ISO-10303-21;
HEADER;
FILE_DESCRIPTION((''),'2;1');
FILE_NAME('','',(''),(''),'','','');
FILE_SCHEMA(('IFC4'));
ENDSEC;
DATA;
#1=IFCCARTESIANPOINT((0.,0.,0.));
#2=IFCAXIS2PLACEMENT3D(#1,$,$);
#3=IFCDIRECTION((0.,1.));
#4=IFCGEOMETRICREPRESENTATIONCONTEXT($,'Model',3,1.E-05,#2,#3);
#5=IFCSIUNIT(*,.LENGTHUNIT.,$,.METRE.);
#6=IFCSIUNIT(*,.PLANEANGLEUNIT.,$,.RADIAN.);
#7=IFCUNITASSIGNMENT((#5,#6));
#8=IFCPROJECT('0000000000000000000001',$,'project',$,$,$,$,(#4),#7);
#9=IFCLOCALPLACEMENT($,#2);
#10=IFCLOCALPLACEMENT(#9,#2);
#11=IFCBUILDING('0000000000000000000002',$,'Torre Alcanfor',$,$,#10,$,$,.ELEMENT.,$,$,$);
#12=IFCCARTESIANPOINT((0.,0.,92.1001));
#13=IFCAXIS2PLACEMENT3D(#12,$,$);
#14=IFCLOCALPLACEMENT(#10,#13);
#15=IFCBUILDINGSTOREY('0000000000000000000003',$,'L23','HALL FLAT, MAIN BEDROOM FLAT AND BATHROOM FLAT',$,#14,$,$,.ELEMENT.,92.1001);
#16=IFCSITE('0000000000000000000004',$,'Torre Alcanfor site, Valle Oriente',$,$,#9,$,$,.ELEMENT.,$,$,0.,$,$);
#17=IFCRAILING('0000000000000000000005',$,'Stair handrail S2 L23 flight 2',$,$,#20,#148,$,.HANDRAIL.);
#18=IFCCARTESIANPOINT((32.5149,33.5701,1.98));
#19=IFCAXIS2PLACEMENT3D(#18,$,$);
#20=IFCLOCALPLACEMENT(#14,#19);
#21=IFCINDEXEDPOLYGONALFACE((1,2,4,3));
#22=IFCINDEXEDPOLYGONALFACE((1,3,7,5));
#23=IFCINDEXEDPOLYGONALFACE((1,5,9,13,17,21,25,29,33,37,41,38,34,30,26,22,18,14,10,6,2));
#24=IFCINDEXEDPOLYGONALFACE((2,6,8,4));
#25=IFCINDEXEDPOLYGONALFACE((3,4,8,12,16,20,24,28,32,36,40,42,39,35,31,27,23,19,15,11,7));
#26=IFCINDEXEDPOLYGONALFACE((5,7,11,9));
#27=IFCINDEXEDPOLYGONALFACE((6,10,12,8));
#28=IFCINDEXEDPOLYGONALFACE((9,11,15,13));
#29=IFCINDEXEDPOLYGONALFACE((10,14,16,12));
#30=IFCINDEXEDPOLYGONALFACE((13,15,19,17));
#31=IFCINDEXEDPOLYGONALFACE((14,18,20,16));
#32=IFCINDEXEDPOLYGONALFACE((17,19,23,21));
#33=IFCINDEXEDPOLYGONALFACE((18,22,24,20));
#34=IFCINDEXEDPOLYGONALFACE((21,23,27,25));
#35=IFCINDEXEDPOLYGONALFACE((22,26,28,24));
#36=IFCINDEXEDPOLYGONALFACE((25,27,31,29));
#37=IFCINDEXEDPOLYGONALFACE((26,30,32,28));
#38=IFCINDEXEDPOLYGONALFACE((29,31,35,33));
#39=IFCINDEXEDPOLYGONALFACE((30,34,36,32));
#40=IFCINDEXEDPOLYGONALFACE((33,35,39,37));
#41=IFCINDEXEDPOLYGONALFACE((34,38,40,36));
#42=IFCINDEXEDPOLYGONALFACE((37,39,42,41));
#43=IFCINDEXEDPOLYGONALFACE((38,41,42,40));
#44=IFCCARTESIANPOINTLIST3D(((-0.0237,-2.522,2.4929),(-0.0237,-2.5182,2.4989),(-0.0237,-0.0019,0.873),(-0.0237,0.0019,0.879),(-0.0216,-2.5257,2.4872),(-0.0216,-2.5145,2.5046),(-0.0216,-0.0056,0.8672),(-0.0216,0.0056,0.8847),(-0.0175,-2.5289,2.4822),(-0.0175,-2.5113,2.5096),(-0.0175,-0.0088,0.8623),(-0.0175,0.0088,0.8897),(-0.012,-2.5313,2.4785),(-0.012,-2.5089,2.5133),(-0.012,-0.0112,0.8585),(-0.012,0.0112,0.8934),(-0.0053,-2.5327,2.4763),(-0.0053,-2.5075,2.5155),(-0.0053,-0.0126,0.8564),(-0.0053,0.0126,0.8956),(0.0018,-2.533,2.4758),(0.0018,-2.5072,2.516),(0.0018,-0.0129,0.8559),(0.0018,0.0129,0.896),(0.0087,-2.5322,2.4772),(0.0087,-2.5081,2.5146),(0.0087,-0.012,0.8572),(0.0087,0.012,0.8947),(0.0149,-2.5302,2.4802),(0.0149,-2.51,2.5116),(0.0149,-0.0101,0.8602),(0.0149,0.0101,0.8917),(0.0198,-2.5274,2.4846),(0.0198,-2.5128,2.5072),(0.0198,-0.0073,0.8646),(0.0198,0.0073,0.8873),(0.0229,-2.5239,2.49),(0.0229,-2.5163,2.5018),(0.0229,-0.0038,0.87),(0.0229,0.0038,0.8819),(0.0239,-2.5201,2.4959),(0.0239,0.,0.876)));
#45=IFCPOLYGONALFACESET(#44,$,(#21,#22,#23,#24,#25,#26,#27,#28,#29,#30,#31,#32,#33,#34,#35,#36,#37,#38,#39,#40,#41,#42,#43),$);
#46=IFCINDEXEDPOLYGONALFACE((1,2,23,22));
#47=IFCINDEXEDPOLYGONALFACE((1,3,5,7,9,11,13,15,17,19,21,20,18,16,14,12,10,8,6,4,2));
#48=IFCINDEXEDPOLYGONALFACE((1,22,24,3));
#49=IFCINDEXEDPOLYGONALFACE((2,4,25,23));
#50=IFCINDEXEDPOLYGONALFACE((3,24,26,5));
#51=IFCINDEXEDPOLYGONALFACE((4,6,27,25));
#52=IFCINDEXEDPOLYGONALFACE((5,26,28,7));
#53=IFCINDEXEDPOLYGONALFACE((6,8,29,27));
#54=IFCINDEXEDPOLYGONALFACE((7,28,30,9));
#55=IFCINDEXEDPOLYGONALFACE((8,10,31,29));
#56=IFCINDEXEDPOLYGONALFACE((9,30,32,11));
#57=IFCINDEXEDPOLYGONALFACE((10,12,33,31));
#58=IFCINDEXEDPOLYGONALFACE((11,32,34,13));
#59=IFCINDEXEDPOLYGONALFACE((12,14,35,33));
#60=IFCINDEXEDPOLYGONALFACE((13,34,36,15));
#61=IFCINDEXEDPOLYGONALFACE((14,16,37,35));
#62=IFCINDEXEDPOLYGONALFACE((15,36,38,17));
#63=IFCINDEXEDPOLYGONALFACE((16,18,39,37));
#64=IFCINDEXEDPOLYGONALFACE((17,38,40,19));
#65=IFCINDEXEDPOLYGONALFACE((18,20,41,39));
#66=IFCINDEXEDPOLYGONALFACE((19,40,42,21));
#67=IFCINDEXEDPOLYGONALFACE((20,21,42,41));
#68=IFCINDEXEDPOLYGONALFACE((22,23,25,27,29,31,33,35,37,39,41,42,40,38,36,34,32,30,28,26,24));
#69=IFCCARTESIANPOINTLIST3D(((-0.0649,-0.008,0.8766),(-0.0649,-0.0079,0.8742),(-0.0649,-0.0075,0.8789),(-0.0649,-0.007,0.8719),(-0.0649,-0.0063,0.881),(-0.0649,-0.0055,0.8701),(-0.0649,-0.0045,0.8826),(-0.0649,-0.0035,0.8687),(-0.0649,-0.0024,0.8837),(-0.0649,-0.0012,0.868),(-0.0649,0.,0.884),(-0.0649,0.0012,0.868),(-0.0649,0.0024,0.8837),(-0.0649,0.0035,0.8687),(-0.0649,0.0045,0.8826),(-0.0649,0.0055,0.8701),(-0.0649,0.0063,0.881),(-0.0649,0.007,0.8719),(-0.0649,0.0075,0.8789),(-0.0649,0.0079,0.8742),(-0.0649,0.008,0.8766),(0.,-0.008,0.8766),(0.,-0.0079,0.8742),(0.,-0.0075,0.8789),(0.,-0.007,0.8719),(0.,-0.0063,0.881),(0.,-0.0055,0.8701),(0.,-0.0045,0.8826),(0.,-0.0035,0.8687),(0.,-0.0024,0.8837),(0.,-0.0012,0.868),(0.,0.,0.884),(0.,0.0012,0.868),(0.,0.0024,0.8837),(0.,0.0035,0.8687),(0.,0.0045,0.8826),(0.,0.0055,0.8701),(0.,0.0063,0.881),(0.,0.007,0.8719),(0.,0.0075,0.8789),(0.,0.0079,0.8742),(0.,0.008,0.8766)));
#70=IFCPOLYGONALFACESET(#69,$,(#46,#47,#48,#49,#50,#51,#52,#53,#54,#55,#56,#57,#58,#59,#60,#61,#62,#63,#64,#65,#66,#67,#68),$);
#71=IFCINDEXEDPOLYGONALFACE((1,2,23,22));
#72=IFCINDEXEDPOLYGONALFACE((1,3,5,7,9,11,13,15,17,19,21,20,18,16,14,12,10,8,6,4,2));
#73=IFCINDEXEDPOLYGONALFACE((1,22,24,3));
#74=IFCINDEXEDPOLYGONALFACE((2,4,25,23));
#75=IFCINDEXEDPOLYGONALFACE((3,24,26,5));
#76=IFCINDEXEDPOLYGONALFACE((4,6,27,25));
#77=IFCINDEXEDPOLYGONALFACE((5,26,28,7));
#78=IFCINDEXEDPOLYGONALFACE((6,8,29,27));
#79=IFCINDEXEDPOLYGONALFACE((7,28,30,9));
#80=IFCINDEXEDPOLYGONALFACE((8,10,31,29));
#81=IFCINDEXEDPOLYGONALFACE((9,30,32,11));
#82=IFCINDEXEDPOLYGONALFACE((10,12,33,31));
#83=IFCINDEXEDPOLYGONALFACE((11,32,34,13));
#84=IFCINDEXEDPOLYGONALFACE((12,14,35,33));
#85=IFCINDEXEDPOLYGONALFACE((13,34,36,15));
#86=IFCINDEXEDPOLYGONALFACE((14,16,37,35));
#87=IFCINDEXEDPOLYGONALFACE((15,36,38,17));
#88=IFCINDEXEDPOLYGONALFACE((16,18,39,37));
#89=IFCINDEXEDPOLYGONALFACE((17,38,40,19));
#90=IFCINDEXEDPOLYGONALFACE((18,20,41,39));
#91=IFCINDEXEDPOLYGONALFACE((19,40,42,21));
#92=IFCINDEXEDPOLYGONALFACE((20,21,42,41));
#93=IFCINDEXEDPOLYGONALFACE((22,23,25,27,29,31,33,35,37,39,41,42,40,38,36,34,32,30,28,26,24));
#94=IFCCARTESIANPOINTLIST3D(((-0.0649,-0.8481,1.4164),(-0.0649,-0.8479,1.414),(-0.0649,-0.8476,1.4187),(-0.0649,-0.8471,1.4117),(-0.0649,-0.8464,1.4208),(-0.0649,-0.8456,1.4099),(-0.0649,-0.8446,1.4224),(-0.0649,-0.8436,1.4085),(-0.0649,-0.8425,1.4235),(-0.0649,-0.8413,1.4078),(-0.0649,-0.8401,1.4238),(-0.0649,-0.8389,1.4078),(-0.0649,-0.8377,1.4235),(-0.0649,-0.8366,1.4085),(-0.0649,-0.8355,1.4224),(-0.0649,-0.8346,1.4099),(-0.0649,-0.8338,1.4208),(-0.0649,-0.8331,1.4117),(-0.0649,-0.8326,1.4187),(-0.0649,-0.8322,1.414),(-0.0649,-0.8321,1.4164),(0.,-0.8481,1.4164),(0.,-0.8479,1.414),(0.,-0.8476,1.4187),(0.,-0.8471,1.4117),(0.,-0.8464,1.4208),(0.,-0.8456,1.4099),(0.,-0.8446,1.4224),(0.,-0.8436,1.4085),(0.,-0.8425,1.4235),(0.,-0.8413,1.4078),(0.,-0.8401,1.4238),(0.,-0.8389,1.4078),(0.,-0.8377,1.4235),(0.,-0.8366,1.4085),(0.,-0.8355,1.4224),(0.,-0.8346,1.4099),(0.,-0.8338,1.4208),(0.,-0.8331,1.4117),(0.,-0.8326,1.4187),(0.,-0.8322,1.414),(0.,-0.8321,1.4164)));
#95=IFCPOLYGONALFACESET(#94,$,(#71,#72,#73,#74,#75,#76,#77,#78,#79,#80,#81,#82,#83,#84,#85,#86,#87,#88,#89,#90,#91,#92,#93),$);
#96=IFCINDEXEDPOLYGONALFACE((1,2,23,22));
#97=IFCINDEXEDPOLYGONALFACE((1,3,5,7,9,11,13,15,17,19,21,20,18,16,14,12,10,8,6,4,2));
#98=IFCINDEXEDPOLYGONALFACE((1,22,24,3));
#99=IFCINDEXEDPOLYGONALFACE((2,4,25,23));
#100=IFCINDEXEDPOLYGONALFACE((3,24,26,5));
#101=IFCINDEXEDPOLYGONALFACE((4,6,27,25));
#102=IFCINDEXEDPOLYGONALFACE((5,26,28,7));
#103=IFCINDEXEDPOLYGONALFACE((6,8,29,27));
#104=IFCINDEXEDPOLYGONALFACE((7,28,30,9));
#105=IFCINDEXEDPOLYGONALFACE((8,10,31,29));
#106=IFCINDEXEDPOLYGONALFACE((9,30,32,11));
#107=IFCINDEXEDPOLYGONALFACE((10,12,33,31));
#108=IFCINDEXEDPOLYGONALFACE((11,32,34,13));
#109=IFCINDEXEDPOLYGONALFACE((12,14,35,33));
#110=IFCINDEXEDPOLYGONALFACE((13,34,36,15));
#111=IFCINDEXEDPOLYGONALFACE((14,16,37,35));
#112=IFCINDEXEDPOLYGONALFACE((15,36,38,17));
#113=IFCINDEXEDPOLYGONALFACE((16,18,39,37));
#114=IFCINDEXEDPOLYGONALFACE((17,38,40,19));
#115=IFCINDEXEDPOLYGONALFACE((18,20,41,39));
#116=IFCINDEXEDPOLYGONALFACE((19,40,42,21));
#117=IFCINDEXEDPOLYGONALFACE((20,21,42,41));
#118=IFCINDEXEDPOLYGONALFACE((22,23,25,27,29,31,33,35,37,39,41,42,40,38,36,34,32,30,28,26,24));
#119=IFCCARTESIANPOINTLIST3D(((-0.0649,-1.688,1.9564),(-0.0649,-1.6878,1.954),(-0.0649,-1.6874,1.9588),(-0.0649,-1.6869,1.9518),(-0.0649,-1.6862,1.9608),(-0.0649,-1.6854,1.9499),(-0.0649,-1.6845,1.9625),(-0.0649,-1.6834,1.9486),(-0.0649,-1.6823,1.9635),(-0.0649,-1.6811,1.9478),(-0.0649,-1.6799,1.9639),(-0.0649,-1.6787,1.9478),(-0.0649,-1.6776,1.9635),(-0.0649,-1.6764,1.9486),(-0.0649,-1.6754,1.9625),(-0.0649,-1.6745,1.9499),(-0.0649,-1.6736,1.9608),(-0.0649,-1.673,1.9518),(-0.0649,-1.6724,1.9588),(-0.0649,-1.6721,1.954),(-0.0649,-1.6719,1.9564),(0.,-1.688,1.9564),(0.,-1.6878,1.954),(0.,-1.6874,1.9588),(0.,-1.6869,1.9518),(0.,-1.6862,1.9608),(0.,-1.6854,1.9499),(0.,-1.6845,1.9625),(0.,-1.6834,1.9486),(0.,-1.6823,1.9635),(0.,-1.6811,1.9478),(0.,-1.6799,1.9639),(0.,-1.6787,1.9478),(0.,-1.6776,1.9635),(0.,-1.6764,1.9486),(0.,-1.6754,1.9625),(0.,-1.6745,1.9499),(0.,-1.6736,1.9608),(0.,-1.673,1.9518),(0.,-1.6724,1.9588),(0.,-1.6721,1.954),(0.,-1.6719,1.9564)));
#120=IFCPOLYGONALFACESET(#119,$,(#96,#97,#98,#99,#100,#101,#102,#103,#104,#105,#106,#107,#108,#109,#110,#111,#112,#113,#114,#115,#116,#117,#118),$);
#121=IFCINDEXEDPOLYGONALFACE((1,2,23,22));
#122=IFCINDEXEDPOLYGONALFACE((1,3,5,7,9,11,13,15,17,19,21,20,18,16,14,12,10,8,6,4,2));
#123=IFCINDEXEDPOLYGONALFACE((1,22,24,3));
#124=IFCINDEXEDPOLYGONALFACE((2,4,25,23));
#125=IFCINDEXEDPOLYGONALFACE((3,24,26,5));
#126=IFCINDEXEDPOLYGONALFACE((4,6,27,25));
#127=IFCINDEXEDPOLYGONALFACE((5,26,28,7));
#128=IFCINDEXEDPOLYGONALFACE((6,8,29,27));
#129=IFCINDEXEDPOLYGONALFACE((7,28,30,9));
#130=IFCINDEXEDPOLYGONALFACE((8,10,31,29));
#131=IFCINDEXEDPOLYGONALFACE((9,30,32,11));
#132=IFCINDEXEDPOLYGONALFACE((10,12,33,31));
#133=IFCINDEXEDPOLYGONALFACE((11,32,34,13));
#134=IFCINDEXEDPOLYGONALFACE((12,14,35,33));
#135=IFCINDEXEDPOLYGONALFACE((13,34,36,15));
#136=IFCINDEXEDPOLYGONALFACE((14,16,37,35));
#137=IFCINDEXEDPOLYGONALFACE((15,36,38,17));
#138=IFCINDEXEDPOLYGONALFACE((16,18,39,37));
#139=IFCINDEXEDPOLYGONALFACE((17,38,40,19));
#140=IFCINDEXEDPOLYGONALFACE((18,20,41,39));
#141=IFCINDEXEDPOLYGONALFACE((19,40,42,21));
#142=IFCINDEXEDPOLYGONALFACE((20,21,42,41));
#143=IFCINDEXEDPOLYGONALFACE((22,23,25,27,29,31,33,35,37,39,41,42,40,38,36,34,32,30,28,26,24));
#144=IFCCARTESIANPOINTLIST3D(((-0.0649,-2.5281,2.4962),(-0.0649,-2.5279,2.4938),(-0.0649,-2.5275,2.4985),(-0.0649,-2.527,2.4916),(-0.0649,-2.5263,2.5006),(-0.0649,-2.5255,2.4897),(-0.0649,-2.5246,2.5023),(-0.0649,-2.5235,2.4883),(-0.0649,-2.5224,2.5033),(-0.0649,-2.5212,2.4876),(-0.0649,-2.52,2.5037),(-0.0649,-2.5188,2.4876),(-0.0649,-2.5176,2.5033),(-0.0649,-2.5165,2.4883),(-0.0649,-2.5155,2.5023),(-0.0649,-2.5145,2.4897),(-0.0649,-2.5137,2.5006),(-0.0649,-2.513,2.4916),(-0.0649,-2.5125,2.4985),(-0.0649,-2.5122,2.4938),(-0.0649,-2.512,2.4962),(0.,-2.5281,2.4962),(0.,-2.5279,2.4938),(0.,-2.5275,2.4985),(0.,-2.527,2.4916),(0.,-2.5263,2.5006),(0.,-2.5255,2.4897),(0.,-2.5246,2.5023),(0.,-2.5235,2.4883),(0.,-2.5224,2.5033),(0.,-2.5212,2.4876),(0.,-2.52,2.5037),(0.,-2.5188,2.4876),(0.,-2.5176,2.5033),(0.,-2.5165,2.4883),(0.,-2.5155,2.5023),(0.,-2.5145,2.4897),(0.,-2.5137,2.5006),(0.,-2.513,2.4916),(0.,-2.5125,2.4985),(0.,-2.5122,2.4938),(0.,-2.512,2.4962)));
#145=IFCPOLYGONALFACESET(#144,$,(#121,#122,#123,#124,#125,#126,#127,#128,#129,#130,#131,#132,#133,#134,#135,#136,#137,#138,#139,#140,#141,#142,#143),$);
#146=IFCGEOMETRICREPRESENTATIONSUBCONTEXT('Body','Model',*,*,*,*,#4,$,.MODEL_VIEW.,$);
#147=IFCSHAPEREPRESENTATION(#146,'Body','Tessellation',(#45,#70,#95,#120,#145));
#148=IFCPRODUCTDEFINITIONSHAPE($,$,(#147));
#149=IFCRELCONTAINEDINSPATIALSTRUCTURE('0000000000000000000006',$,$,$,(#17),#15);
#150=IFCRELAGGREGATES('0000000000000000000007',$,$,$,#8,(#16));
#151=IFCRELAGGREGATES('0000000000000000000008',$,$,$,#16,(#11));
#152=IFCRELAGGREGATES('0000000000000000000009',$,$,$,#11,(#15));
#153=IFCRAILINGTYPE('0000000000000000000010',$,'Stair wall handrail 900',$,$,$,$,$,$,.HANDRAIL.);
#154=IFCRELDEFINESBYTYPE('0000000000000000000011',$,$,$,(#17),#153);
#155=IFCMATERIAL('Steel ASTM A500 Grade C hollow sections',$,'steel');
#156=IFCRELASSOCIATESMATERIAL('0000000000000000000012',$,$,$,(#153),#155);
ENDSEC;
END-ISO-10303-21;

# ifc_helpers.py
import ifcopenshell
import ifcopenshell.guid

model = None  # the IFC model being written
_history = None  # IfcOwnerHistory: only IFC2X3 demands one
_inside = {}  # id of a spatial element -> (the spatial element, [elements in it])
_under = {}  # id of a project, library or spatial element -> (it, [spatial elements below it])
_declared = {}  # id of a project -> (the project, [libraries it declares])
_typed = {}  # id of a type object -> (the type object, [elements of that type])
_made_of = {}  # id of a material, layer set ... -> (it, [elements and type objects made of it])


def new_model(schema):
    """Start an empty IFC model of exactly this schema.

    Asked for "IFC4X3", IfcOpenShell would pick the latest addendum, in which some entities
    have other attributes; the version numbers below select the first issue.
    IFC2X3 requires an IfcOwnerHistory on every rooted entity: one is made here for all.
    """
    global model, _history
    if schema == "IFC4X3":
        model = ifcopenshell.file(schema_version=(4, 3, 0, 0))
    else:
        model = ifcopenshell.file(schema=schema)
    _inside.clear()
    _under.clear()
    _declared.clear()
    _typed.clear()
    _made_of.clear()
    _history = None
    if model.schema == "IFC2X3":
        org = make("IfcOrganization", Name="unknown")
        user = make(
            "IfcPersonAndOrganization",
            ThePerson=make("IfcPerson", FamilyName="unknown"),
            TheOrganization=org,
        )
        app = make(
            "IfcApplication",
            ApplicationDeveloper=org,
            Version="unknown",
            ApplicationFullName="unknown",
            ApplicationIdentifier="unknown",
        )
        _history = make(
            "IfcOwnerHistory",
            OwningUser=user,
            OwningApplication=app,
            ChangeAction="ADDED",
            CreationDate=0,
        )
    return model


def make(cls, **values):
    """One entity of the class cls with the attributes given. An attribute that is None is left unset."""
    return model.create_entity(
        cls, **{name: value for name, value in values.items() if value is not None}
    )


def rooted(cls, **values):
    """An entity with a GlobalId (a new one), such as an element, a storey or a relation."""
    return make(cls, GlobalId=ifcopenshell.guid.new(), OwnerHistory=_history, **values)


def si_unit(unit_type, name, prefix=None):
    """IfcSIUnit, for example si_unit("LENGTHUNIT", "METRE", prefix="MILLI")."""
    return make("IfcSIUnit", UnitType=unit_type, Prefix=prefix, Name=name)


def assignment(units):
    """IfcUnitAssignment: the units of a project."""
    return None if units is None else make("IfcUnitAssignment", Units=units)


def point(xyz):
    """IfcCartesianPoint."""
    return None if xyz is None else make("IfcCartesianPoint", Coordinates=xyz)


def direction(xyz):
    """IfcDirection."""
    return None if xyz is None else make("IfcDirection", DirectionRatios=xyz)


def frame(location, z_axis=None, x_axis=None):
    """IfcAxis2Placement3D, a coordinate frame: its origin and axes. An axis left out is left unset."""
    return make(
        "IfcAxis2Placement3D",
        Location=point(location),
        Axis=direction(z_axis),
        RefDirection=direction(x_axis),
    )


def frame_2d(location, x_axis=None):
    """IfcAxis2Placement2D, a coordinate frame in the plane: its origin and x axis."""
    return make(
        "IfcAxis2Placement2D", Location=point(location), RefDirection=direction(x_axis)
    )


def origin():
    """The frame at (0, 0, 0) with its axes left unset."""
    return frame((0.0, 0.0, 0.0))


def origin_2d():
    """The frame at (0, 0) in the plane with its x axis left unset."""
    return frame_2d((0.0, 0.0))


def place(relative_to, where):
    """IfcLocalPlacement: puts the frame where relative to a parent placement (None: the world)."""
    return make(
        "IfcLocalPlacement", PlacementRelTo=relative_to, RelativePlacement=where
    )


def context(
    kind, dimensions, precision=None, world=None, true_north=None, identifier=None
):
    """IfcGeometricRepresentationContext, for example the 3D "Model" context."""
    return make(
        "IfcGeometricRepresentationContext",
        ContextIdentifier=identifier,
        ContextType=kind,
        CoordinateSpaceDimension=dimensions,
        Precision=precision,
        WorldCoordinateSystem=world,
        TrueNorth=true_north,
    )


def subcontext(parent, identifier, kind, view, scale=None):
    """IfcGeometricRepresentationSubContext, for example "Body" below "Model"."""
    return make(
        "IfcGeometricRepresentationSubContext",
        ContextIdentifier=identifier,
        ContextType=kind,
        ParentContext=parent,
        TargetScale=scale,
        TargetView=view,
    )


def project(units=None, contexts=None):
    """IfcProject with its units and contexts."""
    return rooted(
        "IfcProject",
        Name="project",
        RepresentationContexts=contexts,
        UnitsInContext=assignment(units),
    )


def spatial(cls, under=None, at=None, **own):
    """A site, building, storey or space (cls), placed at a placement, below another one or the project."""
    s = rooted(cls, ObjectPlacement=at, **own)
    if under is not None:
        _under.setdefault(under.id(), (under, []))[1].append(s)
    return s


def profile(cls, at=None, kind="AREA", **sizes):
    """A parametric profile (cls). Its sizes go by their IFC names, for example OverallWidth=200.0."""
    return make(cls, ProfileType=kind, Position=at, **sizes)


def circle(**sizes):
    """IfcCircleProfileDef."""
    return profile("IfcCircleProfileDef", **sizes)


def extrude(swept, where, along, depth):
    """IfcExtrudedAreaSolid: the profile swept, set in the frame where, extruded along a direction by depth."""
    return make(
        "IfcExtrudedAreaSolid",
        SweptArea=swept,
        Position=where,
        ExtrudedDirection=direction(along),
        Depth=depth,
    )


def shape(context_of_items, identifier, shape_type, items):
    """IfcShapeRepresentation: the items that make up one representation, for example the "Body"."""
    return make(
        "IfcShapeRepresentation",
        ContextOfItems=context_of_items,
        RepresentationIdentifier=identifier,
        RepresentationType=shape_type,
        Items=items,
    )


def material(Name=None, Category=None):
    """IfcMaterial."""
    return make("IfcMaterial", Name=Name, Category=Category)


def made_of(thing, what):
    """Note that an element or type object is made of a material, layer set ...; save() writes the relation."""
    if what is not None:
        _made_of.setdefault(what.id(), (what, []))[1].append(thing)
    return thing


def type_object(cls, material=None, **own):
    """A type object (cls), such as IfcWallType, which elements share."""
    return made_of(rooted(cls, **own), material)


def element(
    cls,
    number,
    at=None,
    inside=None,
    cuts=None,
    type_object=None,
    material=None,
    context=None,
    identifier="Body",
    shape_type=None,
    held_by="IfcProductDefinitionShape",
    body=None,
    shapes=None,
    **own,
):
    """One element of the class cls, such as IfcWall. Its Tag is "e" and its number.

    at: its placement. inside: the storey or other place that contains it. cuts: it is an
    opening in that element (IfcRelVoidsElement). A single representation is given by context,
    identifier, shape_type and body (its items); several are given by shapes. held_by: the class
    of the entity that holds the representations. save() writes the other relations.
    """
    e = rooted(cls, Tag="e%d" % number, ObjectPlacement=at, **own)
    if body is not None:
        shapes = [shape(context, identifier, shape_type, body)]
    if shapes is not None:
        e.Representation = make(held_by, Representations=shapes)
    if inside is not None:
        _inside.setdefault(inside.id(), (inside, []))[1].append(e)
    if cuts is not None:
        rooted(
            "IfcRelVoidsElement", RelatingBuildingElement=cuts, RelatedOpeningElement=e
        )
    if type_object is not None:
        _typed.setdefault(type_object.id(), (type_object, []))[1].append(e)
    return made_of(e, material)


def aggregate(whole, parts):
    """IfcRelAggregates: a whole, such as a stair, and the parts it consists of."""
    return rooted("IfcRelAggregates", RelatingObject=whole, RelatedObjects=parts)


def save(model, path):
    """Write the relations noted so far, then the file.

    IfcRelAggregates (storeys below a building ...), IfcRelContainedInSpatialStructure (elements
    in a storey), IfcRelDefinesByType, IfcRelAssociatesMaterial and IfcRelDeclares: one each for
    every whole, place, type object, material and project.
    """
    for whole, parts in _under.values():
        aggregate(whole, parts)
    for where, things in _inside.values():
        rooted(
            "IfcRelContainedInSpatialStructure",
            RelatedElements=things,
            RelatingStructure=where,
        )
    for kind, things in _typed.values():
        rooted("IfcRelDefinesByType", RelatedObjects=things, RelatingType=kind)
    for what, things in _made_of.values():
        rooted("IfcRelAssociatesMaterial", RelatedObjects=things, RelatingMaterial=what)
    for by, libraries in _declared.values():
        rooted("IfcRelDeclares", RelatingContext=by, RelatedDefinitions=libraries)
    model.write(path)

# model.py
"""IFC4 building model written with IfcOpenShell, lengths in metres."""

from ifc_helpers import new_model, si_unit, direction, frame, origin, origin_2d, place, context, subcontext, project, spatial, circle, extrude, material, type_object, element, save


model = new_model("IFC4")

# Units and contexts
model_context = context("Model", 3, precision=1e-05, world=origin(), true_north=direction((0.0, 1.0)))
body_context = subcontext(model_context, "Body", "Model", "MODEL_VIEW")
ifc_project = project(units=[si_unit("LENGTHUNIT", "METRE"), si_unit("PLANEANGLEUNIT", "RADIAN")], contexts=[model_context])

# Site, building, storey
site_placement = place(None, origin())
site = spatial("IfcSite", under=ifc_project, at=site_placement, Name="Torre Alcanfor site, Valle Oriente", CompositionType="ELEMENT", RefElevation=0.0)
building_placement = place(site_placement, origin())
building = spatial("IfcBuilding", under=site, at=building_placement, Name="Torre Alcanfor", CompositionType="ELEMENT")
storey_placement = place(building_placement, frame((0.0, 0.0, 92.1001)))
storey = spatial("IfcBuildingStorey", under=building, at=storey_placement, Name="L23", Description="HALL FLAT, MAIN BEDROOM FLAT AND BATHROOM FLAT", CompositionType="ELEMENT", Elevation=92.1001)

# Railing
ifc_material_1 = material(Name="Steel ASTM A500 Grade C hollow sections", Category="steel")
railing_type_1 = type_object("IfcRailingType", Name="Stair wall handrail 900", PredefinedType="HANDRAIL", material=ifc_material_1)
railing_1_placement = place(storey_placement, frame((32.5149, 33.5701, 1.98)))
element("IfcRailing", 1, at=railing_1_placement, inside=storey, type_object=railing_type_1, Name="Stair handrail S2 L23 flight 2", PredefinedType="HANDRAIL", context=body_context, shape_type="SweptSolid", body=[
    extrude(circle(Radius=0.0239, at=origin_2d()), frame((0.0, 0.0, 0.876), z_axis=(0.0, -0.8412, 0.540725), x_axis=(1.0, 0.0, 0.0)), (0.0, 0.0, 1.0), 2.9958),
    extrude(circle(Radius=0.0081, at=origin_2d()), frame((0.0, 0.0, 0.876), z_axis=(-1.0, 0.0, 0.0), x_axis=(0.0, 0.0, 1.0)), (0.0, 0.0, 1.0), 0.0649),
    extrude(circle(Radius=0.0081, at=origin_2d()), frame((0.0, -0.8401, 1.4158), z_axis=(-1.0, 0.0, 0.0), x_axis=(0.0, 0.0, 1.0)), (0.0, 0.0, 1.0), 0.0649),
    extrude(circle(Radius=0.0081, at=origin_2d()), frame((0.0, -1.6799, 1.9558), z_axis=(-1.0, 0.0, 0.0), x_axis=(0.0, 0.0, 1.0)), (0.0, 0.0, 1.0), 0.0649),
    extrude(circle(Radius=0.0081, at=origin_2d()), frame((0.0, -2.52, 2.4956), z_axis=(-1.0, 0.0, 0.0), x_axis=(0.0, 0.0, 1.0)), (0.0, 0.0, 1.0), 0.0649),
])

save(model, "model.ifc")
